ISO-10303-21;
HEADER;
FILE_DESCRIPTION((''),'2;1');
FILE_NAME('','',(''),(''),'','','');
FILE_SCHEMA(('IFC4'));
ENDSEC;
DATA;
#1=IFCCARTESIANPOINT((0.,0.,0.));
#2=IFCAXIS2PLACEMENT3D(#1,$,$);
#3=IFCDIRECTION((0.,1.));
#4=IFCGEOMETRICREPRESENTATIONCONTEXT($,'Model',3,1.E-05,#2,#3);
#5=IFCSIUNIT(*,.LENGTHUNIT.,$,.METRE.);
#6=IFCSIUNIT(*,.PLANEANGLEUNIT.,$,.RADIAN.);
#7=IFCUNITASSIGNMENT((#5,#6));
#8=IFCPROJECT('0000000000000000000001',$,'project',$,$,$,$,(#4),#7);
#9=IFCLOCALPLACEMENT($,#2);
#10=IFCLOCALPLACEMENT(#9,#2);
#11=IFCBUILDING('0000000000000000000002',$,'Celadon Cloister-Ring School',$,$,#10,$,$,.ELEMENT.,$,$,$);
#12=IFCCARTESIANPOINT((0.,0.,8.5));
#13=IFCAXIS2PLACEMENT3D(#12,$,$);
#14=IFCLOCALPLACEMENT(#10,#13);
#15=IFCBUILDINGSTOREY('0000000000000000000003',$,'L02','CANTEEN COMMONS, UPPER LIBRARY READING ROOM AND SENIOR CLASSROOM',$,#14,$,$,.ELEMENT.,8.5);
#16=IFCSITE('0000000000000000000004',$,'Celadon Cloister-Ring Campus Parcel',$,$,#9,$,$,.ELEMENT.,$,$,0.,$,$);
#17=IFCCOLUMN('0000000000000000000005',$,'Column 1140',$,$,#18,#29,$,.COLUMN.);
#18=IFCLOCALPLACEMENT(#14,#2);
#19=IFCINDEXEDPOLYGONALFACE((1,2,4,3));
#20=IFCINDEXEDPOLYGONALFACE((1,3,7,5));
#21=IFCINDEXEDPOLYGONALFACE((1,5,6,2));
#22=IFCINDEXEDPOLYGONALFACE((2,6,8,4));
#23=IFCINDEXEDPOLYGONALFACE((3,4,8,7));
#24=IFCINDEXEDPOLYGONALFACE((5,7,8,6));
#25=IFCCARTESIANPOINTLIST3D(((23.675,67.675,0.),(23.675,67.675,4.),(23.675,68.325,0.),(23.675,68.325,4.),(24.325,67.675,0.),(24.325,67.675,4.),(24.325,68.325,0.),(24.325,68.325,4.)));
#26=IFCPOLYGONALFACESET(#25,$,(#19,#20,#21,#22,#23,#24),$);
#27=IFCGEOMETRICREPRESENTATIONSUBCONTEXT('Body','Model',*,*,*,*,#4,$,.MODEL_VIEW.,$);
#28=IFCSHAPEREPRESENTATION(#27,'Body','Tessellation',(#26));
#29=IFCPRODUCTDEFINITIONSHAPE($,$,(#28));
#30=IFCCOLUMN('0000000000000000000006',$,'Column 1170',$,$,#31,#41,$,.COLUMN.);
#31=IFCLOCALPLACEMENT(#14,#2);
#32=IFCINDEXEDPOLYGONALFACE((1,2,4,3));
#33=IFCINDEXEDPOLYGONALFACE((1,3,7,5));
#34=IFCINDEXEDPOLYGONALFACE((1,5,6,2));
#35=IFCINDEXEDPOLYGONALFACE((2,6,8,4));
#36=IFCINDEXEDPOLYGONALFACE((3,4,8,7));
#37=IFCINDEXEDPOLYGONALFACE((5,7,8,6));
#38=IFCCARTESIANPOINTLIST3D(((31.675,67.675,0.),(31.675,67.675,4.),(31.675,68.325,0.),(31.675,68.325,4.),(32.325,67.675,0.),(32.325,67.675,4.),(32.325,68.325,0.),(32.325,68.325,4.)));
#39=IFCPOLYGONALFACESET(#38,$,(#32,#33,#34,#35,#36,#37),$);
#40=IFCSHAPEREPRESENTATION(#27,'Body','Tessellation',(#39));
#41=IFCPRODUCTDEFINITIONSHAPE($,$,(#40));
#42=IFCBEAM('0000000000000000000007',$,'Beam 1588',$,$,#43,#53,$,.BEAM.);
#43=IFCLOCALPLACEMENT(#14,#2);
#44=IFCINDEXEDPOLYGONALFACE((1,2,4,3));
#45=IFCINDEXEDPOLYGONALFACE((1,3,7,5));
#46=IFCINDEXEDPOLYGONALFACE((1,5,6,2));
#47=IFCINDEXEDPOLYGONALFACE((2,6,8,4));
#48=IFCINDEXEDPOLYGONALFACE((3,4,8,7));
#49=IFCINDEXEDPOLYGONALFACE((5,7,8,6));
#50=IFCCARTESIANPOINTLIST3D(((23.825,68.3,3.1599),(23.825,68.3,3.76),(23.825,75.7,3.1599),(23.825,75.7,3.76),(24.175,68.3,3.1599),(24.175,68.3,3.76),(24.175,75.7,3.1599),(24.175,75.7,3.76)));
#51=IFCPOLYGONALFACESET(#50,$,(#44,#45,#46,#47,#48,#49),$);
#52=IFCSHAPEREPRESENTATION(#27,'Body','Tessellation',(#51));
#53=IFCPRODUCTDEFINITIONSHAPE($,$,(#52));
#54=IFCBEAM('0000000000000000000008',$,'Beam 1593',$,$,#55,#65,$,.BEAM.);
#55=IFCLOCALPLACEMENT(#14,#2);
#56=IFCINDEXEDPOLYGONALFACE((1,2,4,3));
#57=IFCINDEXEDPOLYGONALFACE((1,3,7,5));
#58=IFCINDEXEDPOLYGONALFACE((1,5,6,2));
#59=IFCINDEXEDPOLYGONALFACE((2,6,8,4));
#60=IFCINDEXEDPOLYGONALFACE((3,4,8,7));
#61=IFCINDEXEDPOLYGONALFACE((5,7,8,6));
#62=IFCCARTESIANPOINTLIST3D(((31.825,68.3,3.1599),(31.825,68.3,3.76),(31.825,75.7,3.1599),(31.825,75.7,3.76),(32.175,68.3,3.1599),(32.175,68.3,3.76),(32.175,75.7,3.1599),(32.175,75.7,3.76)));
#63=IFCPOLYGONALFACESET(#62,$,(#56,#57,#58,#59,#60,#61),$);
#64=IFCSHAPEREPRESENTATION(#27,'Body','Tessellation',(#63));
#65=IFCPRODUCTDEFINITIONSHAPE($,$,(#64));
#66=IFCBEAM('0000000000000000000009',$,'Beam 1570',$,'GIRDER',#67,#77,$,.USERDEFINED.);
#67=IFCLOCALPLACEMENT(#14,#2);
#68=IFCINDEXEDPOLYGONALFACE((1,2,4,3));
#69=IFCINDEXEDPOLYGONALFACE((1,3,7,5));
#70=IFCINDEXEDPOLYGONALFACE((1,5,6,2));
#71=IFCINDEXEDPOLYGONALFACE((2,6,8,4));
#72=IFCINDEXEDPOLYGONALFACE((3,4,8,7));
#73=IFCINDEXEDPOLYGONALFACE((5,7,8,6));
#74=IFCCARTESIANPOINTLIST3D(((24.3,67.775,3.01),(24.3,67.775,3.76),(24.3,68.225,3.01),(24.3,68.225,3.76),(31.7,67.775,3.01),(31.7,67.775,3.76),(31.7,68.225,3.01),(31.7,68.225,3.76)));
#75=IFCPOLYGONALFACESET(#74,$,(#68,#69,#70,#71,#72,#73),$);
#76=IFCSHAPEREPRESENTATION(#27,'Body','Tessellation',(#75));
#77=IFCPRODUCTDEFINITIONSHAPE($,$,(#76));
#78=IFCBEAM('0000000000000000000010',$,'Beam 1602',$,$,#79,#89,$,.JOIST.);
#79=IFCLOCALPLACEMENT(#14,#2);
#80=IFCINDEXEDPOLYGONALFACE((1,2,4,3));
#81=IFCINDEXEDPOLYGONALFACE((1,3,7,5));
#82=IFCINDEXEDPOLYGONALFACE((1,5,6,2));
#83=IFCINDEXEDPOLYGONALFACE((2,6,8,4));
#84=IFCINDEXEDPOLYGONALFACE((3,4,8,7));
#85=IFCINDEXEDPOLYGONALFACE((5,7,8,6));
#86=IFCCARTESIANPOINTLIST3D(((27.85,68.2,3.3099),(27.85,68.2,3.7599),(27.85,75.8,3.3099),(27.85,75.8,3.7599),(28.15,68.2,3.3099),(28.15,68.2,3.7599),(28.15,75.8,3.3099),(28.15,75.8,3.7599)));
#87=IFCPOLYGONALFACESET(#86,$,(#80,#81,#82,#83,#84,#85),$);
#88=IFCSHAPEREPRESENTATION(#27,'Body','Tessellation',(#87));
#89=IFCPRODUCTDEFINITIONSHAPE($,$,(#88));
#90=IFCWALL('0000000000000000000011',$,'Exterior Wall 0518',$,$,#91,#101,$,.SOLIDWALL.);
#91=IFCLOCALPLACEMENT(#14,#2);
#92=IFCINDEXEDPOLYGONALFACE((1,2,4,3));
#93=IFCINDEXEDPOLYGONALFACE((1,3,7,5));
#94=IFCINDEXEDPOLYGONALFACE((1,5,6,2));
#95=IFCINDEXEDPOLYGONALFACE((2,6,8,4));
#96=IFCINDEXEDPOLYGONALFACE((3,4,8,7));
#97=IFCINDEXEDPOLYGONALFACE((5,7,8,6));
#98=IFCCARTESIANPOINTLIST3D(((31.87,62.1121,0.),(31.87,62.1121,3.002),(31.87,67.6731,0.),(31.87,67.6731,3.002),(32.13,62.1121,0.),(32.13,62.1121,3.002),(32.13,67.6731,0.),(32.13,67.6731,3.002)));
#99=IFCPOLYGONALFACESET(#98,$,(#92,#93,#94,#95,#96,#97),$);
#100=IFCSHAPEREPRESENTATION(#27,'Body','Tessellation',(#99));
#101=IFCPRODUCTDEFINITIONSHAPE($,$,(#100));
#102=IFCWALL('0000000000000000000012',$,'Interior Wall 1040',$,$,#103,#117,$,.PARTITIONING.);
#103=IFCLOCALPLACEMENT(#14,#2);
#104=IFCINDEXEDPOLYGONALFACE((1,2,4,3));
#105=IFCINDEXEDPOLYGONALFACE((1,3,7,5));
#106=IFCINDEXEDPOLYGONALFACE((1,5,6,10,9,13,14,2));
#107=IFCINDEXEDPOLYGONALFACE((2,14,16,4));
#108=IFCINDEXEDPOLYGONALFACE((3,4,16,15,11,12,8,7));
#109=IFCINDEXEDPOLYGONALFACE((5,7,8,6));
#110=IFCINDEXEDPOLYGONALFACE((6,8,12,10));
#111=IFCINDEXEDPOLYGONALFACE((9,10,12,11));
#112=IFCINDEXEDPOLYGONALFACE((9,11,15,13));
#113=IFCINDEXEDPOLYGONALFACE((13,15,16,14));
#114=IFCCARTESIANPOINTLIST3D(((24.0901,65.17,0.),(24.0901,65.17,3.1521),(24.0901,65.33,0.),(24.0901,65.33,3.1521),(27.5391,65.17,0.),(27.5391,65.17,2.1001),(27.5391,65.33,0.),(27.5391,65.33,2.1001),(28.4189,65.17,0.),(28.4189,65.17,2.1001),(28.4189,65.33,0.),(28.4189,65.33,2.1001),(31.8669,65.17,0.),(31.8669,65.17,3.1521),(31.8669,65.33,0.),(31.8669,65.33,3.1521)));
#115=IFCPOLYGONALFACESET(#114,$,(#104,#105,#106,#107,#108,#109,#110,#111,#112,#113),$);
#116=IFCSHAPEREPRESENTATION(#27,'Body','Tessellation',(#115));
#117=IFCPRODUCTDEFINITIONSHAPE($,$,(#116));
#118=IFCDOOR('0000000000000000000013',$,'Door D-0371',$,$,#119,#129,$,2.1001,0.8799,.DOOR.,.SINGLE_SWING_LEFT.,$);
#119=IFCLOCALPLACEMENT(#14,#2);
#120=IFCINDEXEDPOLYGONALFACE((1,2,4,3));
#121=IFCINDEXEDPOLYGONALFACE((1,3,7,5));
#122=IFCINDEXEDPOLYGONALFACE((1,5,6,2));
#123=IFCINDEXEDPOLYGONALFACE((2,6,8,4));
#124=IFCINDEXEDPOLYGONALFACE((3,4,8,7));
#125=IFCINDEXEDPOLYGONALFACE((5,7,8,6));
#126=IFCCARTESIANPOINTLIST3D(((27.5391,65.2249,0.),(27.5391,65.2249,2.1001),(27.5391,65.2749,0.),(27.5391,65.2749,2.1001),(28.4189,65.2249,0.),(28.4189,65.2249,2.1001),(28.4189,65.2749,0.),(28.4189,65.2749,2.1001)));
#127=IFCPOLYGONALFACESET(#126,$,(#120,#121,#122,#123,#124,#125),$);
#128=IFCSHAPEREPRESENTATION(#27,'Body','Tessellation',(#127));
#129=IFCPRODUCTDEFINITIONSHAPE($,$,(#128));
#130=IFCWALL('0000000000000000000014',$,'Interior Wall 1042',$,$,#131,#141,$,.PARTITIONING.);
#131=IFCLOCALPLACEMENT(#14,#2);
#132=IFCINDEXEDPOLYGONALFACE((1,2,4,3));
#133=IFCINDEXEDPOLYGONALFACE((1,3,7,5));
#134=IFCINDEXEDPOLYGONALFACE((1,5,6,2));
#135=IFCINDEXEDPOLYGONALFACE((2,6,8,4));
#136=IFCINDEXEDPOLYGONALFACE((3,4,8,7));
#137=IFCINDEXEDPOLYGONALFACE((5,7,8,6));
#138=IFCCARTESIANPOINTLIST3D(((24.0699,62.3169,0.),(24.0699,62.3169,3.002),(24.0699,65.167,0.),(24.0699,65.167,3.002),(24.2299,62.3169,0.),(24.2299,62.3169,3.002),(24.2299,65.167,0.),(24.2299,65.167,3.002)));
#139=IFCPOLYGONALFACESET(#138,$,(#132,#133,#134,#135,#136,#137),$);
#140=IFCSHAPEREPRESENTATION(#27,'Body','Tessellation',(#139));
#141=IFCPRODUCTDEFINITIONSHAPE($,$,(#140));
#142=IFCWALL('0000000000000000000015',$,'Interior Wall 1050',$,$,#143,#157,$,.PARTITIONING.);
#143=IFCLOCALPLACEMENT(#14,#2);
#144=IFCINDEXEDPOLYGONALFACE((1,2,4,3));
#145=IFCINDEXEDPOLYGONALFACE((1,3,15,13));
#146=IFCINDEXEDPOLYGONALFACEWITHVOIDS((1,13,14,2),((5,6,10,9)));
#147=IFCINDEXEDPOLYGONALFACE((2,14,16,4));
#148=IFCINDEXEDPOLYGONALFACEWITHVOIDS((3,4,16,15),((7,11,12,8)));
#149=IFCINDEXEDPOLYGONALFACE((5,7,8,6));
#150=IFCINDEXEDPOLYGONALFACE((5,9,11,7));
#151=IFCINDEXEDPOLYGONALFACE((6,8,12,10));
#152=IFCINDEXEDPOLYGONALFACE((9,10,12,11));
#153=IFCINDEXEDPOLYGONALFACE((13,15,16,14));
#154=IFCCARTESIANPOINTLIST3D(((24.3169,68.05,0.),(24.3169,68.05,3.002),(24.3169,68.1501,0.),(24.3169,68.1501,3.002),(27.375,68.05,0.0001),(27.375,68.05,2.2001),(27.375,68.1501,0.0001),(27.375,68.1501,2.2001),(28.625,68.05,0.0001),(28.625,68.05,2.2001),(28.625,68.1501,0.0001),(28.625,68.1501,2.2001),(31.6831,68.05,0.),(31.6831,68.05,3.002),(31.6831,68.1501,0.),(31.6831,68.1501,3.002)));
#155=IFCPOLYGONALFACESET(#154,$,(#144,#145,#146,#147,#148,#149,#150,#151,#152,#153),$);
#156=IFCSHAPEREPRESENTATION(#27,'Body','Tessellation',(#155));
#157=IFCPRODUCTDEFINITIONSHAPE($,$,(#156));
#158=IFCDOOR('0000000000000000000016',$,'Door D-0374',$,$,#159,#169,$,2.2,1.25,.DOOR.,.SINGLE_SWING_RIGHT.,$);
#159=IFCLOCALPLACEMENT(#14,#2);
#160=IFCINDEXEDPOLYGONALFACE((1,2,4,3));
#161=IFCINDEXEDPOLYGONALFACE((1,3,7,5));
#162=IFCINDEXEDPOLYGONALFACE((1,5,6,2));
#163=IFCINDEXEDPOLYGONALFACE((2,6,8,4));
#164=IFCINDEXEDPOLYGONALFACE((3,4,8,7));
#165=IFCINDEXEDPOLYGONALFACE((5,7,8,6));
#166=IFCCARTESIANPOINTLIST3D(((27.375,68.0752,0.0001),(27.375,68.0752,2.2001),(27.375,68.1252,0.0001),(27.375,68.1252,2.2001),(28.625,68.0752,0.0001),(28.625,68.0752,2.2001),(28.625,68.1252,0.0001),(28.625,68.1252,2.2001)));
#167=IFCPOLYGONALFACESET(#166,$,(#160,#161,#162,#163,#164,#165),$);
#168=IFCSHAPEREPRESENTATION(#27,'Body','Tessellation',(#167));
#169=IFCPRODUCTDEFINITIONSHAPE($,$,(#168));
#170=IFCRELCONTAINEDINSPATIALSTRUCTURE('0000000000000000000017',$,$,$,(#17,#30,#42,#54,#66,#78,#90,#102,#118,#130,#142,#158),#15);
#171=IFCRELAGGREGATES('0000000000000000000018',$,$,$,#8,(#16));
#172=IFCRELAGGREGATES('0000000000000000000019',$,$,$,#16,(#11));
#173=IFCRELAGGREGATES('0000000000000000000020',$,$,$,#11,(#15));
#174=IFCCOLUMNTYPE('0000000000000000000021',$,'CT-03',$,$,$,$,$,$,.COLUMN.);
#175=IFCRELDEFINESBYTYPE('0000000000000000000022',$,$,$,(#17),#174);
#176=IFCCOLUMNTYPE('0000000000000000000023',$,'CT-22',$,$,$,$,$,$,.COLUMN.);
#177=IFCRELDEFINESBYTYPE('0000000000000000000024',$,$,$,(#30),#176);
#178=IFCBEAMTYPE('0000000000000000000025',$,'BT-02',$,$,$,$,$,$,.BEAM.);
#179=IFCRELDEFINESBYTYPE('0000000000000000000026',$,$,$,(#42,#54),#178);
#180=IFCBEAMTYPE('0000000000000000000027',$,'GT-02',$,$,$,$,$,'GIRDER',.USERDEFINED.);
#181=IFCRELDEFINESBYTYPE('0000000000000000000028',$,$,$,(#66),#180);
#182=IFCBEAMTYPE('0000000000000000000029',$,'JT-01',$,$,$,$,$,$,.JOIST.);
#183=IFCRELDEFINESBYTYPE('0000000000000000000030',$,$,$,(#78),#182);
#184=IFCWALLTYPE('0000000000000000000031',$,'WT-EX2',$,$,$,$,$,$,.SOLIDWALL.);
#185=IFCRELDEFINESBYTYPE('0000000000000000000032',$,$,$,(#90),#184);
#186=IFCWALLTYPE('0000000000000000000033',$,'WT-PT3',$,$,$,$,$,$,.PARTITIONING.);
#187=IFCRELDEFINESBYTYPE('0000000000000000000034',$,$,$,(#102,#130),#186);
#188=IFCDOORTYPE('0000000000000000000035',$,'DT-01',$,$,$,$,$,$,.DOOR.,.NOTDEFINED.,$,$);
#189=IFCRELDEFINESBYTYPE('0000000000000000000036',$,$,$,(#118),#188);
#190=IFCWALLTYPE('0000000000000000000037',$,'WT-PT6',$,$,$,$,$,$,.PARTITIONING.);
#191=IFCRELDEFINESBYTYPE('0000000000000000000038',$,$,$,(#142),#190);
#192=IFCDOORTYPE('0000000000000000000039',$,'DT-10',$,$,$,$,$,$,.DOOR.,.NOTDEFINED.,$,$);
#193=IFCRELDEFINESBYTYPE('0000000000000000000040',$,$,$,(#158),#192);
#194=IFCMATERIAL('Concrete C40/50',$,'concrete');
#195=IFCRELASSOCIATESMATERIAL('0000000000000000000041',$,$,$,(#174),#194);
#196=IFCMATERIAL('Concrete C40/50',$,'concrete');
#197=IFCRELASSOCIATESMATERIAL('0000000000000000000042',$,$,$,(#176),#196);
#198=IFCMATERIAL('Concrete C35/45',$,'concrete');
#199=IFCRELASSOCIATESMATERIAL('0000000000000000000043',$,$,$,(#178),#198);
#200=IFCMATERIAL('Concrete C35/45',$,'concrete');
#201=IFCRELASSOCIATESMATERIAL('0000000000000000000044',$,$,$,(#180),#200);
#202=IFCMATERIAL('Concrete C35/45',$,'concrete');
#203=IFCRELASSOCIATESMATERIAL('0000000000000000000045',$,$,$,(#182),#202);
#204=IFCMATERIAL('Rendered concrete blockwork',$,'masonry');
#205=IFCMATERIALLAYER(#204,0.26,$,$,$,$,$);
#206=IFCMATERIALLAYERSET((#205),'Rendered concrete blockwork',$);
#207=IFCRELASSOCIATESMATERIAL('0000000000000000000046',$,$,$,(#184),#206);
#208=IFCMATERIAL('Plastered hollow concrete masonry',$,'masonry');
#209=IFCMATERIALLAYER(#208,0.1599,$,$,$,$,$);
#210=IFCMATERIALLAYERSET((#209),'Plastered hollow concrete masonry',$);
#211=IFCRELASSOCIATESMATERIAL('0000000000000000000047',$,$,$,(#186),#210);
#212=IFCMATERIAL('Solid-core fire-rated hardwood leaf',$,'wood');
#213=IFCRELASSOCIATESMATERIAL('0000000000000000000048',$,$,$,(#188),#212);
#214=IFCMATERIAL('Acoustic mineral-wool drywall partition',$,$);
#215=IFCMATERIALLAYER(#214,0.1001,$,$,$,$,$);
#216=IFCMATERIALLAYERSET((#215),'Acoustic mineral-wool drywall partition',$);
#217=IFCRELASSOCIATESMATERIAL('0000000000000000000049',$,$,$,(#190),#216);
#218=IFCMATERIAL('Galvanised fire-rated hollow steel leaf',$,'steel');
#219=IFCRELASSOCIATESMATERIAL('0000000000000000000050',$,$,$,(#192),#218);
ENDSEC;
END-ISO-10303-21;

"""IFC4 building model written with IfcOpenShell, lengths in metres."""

from ifc_helpers import new_model, si_unit, direction, frame, frame_2d, origin, origin_2d, place, context, subcontext, project, spatial, rectangle, extrude, material, layer, layer_set, material_profile, profile_set, type_object, element, fill, save


model = new_model("IFC4")

# Units and contexts
model_context = context("Model", 3, precision=1e-05, world=origin(), true_north=direction((0.0, 1.0)))
body_context = subcontext(model_context, "Body", "Model", "MODEL_VIEW")
ifc_project = project(units=[si_unit("LENGTHUNIT", "METRE"), si_unit("PLANEANGLEUNIT", "RADIAN")], contexts=[model_context])

# Site, building, storey
site_placement = place(None, origin())
site = spatial("IfcSite", under=ifc_project, at=site_placement, Name="Celadon Cloister-Ring Campus Parcel", CompositionType="ELEMENT", RefElevation=0.0)
building_placement = place(site_placement, origin())
building = spatial("IfcBuilding", under=site, at=building_placement, Name="Celadon Cloister-Ring School", CompositionType="ELEMENT")
storey_placement = place(building_placement, frame((0.0, 0.0, 8.5)))
storey = spatial("IfcBuildingStorey", under=building, at=storey_placement, Name="L02", Description="CANTEEN COMMONS, UPPER LIBRARY READING ROOM AND SENIOR CLASSROOM", CompositionType="ELEMENT", Elevation=8.5)

# Columns
ifc_material_1 = material(Name="Concrete C40/50", Category="concrete")
ifc_material_profile_1 = material_profile(ifc_material_1, rectangle(XDim=0.6499, YDim=0.6499, at=origin_2d()), Name="RC650X650")
ifc_profile_set_1 = profile_set([ifc_material_profile_1], Name="Concrete C40/50")
column_type_1 = type_object("IfcColumnType", Name="CT-03", PredefinedType="COLUMN", material=ifc_profile_set_1)
column_1_placement = place(storey_placement, frame((24.0, 68.0, 0.0), z_axis=(0.0, 0.0, 1.0), x_axis=(1.0, 0.0, 0.0)))
element("IfcColumn", 1, at=column_1_placement, inside=storey, type_object=column_type_1, Name="Column 1140", PredefinedType="COLUMN", context=body_context, shape_type="SweptSolid", body=[
    extrude(rectangle(XDim=0.6499, YDim=0.6499, at=origin_2d()), origin(), (0.0, 0.0, 1.0), 4.0),
])
ifc_material_2 = material(Name="Concrete C40/50", Category="concrete")
ifc_material_profile_2 = material_profile(ifc_material_2, rectangle(XDim=0.6499, YDim=0.6499, at=origin_2d()), Name="RC650X650")
ifc_profile_set_2 = profile_set([ifc_material_profile_2], Name="Concrete C40/50")
column_type_2 = type_object("IfcColumnType", Name="CT-22", PredefinedType="COLUMN", material=ifc_profile_set_2)
column_2_placement = place(storey_placement, frame((32.0, 68.0, 0.0), z_axis=(0.0, 0.0, 1.0), x_axis=(1.0, 0.0, 0.0)))
element("IfcColumn", 2, at=column_2_placement, inside=storey, type_object=column_type_2, Name="Column 1170", PredefinedType="COLUMN", context=body_context, shape_type="SweptSolid", body=[
    extrude(rectangle(XDim=0.6499, YDim=0.6499, at=origin_2d()), origin(), (0.0, 0.0, 1.0), 4.0),
])

# Beams
ifc_material_3 = material(Name="Concrete C35/45", Category="concrete")
ifc_material_profile_3 = material_profile(ifc_material_3, rectangle(XDim=0.3501, YDim=0.6001, at=origin_2d()), Name="RC350X600")
ifc_profile_set_3 = profile_set([ifc_material_profile_3], Name="Concrete C35/45")
beam_type_1 = type_object("IfcBeamType", Name="BT-02", PredefinedType="BEAM", material=ifc_profile_set_3)
for number, where, z_axis, x_axis, name in (
    (3, (24.0, 68.3, 3.46), (0.0, 1.0, 0.0), (-1.0, 0.0, 0.0), "Beam 1588"),
    (4, (32.0, 68.3, 3.46), (0.0, 1.0, 0.0), (-1.0, 0.0, 0.0), "Beam 1593"),
):
    element("IfcBeam", number, at=place(storey_placement, frame(where, z_axis=z_axis, x_axis=x_axis)), inside=storey, type_object=beam_type_1, Name=name, PredefinedType="BEAM", context=body_context, shape_type="SweptSolid", body=[
        extrude(rectangle(XDim=0.3501, YDim=0.6001, at=origin_2d()), origin(), (0.0, 0.0, 1.0), 7.3999),
    ])
ifc_material_4 = material(Name="Concrete C35/45", Category="concrete")
ifc_material_profile_4 = material_profile(ifc_material_4, rectangle(XDim=0.45, YDim=0.75, at=origin_2d()), Name="RC450X750")
ifc_profile_set_4 = profile_set([ifc_material_profile_4], Name="Concrete C35/45")
beam_type_2 = type_object("IfcBeamType", Name="GT-02", ElementType="GIRDER", PredefinedType="USERDEFINED", material=ifc_profile_set_4)
beam_1_placement = place(storey_placement, frame((24.3, 68.0, 3.385), z_axis=(1.0, 0.0, 0.0), x_axis=(0.0, 1.0, 0.0)))
element("IfcBeam", 5, at=beam_1_placement, inside=storey, type_object=beam_type_2, Name="Beam 1570", ObjectType="GIRDER", PredefinedType="USERDEFINED", context=body_context, shape_type="SweptSolid", body=[
    extrude(rectangle(XDim=0.45, YDim=0.75, at=origin_2d()), origin(), (0.0, 0.0, 1.0), 7.3999),
])
ifc_material_5 = material(Name="Concrete C35/45", Category="concrete")
ifc_material_profile_5 = material_profile(ifc_material_5, rectangle(XDim=0.3, YDim=0.45, at=origin_2d()), Name="RC300X450")
ifc_profile_set_5 = profile_set([ifc_material_profile_5], Name="Concrete C35/45")
beam_type_3 = type_object("IfcBeamType", Name="JT-01", PredefinedType="JOIST", material=ifc_profile_set_5)
beam_2_placement = place(storey_placement, frame((28.0, 68.2, 3.5349), z_axis=(0.0, 1.0, 0.0), x_axis=(-1.0, 0.0, 0.0)))
element("IfcBeam", 6, at=beam_2_placement, inside=storey, type_object=beam_type_3, Name="Beam 1602", PredefinedType="JOIST", context=body_context, shape_type="SweptSolid", body=[
    extrude(rectangle(XDim=0.3, YDim=0.45, at=origin_2d()), origin(), (0.0, 0.0, 1.0), 7.6001),
])

# Wall
ifc_material_6 = material(Name="Rendered concrete blockwork", Category="masonry")
ifc_layer_1 = layer(ifc_material_6, 0.26)
ifc_layer_set_1 = layer_set([ifc_layer_1], Name="Rendered concrete blockwork")
wall_type_1 = type_object("IfcWallType", Name="WT-EX2", PredefinedType="SOLIDWALL", material=ifc_layer_set_1)
wall_1_placement = place(storey_placement, frame((32.0, 67.6731, 0.0), z_axis=(0.0, 0.0, 1.0), x_axis=(0.0, -1.0, 0.0)))
element("IfcWall", 7, at=wall_1_placement, inside=storey, type_object=wall_type_1, Name="Exterior Wall 0518", PredefinedType="SOLIDWALL", context=body_context, shape_type="SweptSolid", body=[
    extrude(rectangle(XDim=5.561, YDim=0.26, at=frame_2d((2.7805, 0.0))), origin(), (0.0, 0.0, 1.0), 3.002),
])

# Wall, opening, door
ifc_material_7 = material(Name="Plastered hollow concrete masonry", Category="masonry")
ifc_layer_2 = layer(ifc_material_7, 0.1599)
ifc_layer_set_2 = layer_set([ifc_layer_2], Name="Plastered hollow concrete masonry")
wall_type_2 = type_object("IfcWallType", Name="WT-PT3", PredefinedType="PARTITIONING", material=ifc_layer_set_2)
wall_2_placement = place(storey_placement, frame((24.0901, 65.25, 0.0), z_axis=(0.0, 0.0, 1.0), x_axis=(1.0, 0.0, 0.0)))
wall_2 = element("IfcWall", 8, at=wall_2_placement, inside=storey, type_object=wall_type_2, Name="Interior Wall 1040", PredefinedType="PARTITIONING", context=body_context, shape_type="SweptSolid", body=[
    extrude(rectangle(XDim=7.7769, YDim=0.1599, at=frame_2d((3.8884, 0.0))), origin(), (0.0, 0.0, 1.0), 3.1521),
])
opening_1_placement = place(wall_2_placement, frame((3.449, 0.0, 0.0)))
opening_1 = element("IfcOpeningElement", 9, at=opening_1_placement, cuts=wall_2, PredefinedType="OPENING", context=body_context, shape_type="SweptSolid", body=[
    extrude(rectangle(XDim=0.8799, YDim=2.1001, at=frame_2d((0.4399, 1.05))), frame((0.0, 0.0898, 0.0), z_axis=(0.0, -1.0, 0.0), x_axis=(1.0, 0.0, 0.0)), (0.0, 0.0, 1.0), 0.1799),
])
ifc_material_8 = material(Name="Solid-core fire-rated hardwood leaf", Category="wood")
door_type_1 = type_object("IfcDoorType", Name="DT-01", OperationType="NOTDEFINED", PredefinedType="DOOR", material=ifc_material_8)
door_1_placement = place(opening_1_placement, origin())
door_1 = element("IfcDoor", 10, at=door_1_placement, inside=storey, type_object=door_type_1, Name="Door D-0371", OperationType="SINGLE_SWING_LEFT", OverallHeight=2.1001, OverallWidth=0.8799, PredefinedType="DOOR", context=body_context, shape_type="SweptSolid", body=[
    extrude(rectangle(XDim=0.8799, YDim=2.1001, at=frame_2d((0.4399, 1.05))), frame((0.0, 0.0249, 0.0), z_axis=(0.0, -1.0, 0.0), x_axis=(1.0, 0.0, 0.0)), (0.0, 0.0, 1.0), 0.05),
])
fill(opening_1, door_1)

# Wall
wall_3_placement = place(storey_placement, frame((24.1499, 62.3169, 0.0), z_axis=(0.0, 0.0, 1.0), x_axis=(0.0, 1.0, 0.0)))
element("IfcWall", 11, at=wall_3_placement, inside=storey, type_object=wall_type_2, Name="Interior Wall 1042", PredefinedType="PARTITIONING", context=body_context, shape_type="SweptSolid", body=[
    extrude(rectangle(XDim=2.8501, YDim=0.1599, at=frame_2d((1.425, 0.0))), origin(), (0.0, 0.0, 1.0), 3.002),
])

# Wall, opening, door
ifc_material_9 = material(Name="Acoustic mineral-wool drywall partition")
ifc_layer_3 = layer(ifc_material_9, 0.1001)
ifc_layer_set_3 = layer_set([ifc_layer_3], Name="Acoustic mineral-wool drywall partition")
wall_type_3 = type_object("IfcWallType", Name="WT-PT6", PredefinedType="PARTITIONING", material=ifc_layer_set_3)
wall_4_placement = place(storey_placement, frame((31.6831, 68.1001, 0.0), z_axis=(0.0, 0.0, 1.0), x_axis=(-1.0, 0.0, 0.0)))
wall_4 = element("IfcWall", 12, at=wall_4_placement, inside=storey, type_object=wall_type_3, Name="Interior Wall 1050", PredefinedType="PARTITIONING", context=body_context, shape_type="SweptSolid", body=[
    extrude(rectangle(XDim=7.3662, YDim=0.1001, at=frame_2d((3.6831, 0.0))), origin(), (0.0, 0.0, 1.0), 3.002),
])
opening_2_placement = place(wall_4_placement, frame((3.0581, 0.0, 0.0)))
opening_2 = element("IfcOpeningElement", 13, at=opening_2_placement, cuts=wall_4, PredefinedType="OPENING", context=body_context, shape_type="SweptSolid", body=[
    extrude(rectangle(XDim=1.25, YDim=2.2, at=frame_2d((0.625, 1.1001))), frame((0.0, 0.0601, 0.0), z_axis=(0.0, -1.0, 0.0), x_axis=(1.0, 0.0, 0.0)), (0.0, 0.0, 1.0), 0.1201),
])
ifc_material_10 = material(Name="Galvanised fire-rated hollow steel leaf", Category="steel")
door_type_2 = type_object("IfcDoorType", Name="DT-10", OperationType="NOTDEFINED", PredefinedType="DOOR", material=ifc_material_10)
door_2_placement = place(opening_2_placement, origin())
door_2 = element("IfcDoor", 14, at=door_2_placement, inside=storey, type_object=door_type_2, Name="Door D-0374", OperationType="SINGLE_SWING_RIGHT", OverallHeight=2.2, OverallWidth=1.25, PredefinedType="DOOR", context=body_context, shape_type="SweptSolid", body=[
    extrude(rectangle(XDim=1.25, YDim=2.2, at=frame_2d((0.625, 1.1001))), frame((0.0, 0.0249, 0.0), z_axis=(0.0, -1.0, 0.0), x_axis=(1.0, 0.0, 0.0)), (0.0, 0.0, 1.0), 0.05),
])
fill(opening_2, door_2)

save(model, "model.ifc")
